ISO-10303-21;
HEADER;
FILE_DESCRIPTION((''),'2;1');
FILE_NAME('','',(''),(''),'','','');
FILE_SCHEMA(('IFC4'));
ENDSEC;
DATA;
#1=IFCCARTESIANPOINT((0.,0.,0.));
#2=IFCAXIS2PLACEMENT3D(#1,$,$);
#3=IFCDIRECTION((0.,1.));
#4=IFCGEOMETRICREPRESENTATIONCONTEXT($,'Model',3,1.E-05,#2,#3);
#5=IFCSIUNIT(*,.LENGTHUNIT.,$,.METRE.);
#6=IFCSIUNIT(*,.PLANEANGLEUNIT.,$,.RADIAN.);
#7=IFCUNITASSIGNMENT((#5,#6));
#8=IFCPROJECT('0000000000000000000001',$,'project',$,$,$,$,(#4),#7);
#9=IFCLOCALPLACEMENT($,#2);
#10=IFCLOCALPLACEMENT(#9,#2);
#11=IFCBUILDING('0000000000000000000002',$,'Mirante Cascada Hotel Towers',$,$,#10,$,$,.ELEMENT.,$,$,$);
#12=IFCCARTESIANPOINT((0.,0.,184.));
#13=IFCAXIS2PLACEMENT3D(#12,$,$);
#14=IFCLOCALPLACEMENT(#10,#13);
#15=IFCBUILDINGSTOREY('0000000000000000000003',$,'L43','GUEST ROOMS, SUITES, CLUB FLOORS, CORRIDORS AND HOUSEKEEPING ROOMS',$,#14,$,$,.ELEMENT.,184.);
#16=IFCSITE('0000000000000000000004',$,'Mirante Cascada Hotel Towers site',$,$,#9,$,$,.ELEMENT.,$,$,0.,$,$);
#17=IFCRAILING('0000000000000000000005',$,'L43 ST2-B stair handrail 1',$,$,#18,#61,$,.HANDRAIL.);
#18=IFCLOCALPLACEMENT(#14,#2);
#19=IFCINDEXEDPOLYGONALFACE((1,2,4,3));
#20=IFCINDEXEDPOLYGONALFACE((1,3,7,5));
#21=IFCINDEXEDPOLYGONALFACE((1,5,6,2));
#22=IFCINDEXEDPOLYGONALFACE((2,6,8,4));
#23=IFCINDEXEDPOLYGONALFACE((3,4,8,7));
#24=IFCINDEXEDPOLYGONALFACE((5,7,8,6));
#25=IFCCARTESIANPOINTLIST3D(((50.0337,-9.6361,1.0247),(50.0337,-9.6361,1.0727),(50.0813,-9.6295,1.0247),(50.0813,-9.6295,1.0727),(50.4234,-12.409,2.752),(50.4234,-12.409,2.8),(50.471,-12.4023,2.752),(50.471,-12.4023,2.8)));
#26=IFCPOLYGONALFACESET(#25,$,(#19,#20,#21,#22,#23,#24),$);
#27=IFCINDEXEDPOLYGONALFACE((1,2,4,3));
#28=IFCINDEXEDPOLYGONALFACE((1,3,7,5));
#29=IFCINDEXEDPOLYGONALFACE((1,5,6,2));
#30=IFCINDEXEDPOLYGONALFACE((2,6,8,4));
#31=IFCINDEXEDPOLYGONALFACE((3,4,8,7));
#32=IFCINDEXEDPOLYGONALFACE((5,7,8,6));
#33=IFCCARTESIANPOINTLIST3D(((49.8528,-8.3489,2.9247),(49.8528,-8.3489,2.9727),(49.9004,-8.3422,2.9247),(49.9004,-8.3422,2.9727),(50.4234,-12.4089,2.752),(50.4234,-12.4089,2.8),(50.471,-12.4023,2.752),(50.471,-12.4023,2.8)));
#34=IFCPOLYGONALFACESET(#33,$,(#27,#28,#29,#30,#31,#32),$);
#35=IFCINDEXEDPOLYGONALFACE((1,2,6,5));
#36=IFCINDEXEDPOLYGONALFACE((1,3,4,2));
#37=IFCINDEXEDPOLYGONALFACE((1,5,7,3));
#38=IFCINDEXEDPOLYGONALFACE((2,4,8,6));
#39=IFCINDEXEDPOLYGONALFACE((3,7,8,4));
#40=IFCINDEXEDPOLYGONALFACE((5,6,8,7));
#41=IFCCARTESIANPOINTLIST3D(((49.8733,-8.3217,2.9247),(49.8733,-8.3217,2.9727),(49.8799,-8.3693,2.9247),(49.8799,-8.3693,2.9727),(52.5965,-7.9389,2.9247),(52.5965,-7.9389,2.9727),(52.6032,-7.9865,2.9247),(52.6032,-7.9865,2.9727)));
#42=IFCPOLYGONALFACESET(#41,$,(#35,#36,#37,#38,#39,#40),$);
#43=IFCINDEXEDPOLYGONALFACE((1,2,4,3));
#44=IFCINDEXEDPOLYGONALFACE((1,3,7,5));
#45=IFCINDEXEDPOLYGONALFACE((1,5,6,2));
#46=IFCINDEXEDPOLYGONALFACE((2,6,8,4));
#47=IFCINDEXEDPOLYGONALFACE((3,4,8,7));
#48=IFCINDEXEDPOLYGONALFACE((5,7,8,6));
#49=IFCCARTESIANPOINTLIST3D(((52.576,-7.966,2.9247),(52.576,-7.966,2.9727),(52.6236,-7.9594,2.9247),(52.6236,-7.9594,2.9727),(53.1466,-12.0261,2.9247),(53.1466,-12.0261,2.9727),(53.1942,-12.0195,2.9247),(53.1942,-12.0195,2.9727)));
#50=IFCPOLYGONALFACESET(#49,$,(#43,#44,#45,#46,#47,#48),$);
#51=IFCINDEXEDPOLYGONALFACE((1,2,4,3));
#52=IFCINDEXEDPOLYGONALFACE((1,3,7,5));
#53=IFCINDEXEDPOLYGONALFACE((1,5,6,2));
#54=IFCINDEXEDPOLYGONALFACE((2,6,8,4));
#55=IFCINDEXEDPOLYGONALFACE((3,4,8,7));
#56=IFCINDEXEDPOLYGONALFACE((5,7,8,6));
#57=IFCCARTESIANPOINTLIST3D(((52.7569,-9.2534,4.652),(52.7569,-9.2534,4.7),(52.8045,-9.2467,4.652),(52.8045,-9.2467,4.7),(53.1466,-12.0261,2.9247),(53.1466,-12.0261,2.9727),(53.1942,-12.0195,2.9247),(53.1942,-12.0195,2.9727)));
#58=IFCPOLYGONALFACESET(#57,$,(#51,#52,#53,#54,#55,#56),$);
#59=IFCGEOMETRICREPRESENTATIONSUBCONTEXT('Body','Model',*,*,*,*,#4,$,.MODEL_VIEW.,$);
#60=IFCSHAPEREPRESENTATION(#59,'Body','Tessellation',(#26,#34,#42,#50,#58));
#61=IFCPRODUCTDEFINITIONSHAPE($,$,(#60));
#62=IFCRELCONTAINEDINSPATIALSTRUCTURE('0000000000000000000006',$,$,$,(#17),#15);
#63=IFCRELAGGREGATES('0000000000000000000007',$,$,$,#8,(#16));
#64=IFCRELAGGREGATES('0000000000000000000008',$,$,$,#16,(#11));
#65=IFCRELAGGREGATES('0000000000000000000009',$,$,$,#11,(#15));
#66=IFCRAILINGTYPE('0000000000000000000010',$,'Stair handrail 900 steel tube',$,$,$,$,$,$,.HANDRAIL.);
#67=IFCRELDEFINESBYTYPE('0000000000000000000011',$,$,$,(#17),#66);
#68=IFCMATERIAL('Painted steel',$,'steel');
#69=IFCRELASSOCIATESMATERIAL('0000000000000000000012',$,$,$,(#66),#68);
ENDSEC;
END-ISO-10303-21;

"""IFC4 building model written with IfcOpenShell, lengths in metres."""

from ifc_helpers import new_model, si_unit, direction, frame, origin, origin_2d, place, context, subcontext, project, spatial, rectangle, extrude, material, type_object, element, save


model = new_model("IFC4")

# Units and contexts
model_context = context("Model", 3, precision=1e-05, world=origin(), true_north=direction((0.0, 1.0)))
body_context = subcontext(model_context, "Body", "Model", "MODEL_VIEW")
ifc_project = project(units=[si_unit("LENGTHUNIT", "METRE"), si_unit("PLANEANGLEUNIT", "RADIAN")], contexts=[model_context])

# Site, building, storey
site_placement = place(None, origin())
site = spatial("IfcSite", under=ifc_project, at=site_placement, Name="Mirante Cascada Hotel Towers site", CompositionType="ELEMENT", RefElevation=0.0)
building_placement = place(site_placement, origin())
building = spatial("IfcBuilding", under=site, at=building_placement, Name="Mirante Cascada Hotel Towers", CompositionType="ELEMENT")
storey_placement = place(building_placement, frame((0.0, 0.0, 184.0)))
storey = spatial("IfcBuildingStorey", under=building, at=storey_placement, Name="L43", Description="GUEST ROOMS, SUITES, CLUB FLOORS, CORRIDORS AND HOUSEKEEPING ROOMS", CompositionType="ELEMENT", Elevation=184.0)

# Railing
ifc_material_1 = material(Name="Painted steel", Category="steel")
railing_type_1 = type_object("IfcRailingType", Name="Stair handrail 900 steel tube", PredefinedType="HANDRAIL", material=ifc_material_1)
railing_1_placement = place(storey_placement, frame((50.0575, -9.6328, 0.1727)))
element("IfcRailing", 1, at=railing_1_placement, inside=storey, type_object=railing_type_1, Name="L43 ST2-B stair handrail 1", PredefinedType="HANDRAIL", context=body_context, shape_type="SweptSolid", body=[
    extrude(rectangle(XDim=0.048, YDim=0.048, at=origin_2d()), frame((0.0, 0.0, 0.876), z_axis=(0.139176, -0.990268, 0.0), x_axis=(0.990268, 0.139176, 0.0)), (0.0, 0.525021, 0.851089), 3.29),
    extrude(rectangle(XDim=0.048, YDim=0.048, at=origin_2d()), frame((0.3897, -2.7728, 2.6033), z_axis=(-0.139171, 0.990268, 0.0), x_axis=(-0.990268, -0.139171, 0.0)), (0.0, 0.042085, 0.999114), 4.1036),
    extrude(rectangle(XDim=0.048, YDim=0.048, at=origin_2d()), frame((-0.1809, 1.2873, 2.776), z_axis=(0.990264, 0.139201, 0.0), x_axis=(-0.139201, 0.990264, 0.0)), (0.0, 0.0, 1.0), 2.75),
    extrude(rectangle(XDim=0.048, YDim=0.048, at=origin_2d()), frame((2.5423, 1.6701, 2.776), z_axis=(0.139171, -0.990268, 0.0), x_axis=(0.990268, 0.139171, 0.0)), (0.0, 0.0, 1.0), 4.1),
    extrude(rectangle(XDim=0.048, YDim=0.048, at=origin_2d()), frame((3.1129, -2.39, 2.776), z_axis=(-0.139181, 0.990267, 0.0), x_axis=(-0.990267, -0.139181, 0.0)), (0.0, 0.525035, 0.851081), 3.2899),
])

save(model, "model.ifc")
